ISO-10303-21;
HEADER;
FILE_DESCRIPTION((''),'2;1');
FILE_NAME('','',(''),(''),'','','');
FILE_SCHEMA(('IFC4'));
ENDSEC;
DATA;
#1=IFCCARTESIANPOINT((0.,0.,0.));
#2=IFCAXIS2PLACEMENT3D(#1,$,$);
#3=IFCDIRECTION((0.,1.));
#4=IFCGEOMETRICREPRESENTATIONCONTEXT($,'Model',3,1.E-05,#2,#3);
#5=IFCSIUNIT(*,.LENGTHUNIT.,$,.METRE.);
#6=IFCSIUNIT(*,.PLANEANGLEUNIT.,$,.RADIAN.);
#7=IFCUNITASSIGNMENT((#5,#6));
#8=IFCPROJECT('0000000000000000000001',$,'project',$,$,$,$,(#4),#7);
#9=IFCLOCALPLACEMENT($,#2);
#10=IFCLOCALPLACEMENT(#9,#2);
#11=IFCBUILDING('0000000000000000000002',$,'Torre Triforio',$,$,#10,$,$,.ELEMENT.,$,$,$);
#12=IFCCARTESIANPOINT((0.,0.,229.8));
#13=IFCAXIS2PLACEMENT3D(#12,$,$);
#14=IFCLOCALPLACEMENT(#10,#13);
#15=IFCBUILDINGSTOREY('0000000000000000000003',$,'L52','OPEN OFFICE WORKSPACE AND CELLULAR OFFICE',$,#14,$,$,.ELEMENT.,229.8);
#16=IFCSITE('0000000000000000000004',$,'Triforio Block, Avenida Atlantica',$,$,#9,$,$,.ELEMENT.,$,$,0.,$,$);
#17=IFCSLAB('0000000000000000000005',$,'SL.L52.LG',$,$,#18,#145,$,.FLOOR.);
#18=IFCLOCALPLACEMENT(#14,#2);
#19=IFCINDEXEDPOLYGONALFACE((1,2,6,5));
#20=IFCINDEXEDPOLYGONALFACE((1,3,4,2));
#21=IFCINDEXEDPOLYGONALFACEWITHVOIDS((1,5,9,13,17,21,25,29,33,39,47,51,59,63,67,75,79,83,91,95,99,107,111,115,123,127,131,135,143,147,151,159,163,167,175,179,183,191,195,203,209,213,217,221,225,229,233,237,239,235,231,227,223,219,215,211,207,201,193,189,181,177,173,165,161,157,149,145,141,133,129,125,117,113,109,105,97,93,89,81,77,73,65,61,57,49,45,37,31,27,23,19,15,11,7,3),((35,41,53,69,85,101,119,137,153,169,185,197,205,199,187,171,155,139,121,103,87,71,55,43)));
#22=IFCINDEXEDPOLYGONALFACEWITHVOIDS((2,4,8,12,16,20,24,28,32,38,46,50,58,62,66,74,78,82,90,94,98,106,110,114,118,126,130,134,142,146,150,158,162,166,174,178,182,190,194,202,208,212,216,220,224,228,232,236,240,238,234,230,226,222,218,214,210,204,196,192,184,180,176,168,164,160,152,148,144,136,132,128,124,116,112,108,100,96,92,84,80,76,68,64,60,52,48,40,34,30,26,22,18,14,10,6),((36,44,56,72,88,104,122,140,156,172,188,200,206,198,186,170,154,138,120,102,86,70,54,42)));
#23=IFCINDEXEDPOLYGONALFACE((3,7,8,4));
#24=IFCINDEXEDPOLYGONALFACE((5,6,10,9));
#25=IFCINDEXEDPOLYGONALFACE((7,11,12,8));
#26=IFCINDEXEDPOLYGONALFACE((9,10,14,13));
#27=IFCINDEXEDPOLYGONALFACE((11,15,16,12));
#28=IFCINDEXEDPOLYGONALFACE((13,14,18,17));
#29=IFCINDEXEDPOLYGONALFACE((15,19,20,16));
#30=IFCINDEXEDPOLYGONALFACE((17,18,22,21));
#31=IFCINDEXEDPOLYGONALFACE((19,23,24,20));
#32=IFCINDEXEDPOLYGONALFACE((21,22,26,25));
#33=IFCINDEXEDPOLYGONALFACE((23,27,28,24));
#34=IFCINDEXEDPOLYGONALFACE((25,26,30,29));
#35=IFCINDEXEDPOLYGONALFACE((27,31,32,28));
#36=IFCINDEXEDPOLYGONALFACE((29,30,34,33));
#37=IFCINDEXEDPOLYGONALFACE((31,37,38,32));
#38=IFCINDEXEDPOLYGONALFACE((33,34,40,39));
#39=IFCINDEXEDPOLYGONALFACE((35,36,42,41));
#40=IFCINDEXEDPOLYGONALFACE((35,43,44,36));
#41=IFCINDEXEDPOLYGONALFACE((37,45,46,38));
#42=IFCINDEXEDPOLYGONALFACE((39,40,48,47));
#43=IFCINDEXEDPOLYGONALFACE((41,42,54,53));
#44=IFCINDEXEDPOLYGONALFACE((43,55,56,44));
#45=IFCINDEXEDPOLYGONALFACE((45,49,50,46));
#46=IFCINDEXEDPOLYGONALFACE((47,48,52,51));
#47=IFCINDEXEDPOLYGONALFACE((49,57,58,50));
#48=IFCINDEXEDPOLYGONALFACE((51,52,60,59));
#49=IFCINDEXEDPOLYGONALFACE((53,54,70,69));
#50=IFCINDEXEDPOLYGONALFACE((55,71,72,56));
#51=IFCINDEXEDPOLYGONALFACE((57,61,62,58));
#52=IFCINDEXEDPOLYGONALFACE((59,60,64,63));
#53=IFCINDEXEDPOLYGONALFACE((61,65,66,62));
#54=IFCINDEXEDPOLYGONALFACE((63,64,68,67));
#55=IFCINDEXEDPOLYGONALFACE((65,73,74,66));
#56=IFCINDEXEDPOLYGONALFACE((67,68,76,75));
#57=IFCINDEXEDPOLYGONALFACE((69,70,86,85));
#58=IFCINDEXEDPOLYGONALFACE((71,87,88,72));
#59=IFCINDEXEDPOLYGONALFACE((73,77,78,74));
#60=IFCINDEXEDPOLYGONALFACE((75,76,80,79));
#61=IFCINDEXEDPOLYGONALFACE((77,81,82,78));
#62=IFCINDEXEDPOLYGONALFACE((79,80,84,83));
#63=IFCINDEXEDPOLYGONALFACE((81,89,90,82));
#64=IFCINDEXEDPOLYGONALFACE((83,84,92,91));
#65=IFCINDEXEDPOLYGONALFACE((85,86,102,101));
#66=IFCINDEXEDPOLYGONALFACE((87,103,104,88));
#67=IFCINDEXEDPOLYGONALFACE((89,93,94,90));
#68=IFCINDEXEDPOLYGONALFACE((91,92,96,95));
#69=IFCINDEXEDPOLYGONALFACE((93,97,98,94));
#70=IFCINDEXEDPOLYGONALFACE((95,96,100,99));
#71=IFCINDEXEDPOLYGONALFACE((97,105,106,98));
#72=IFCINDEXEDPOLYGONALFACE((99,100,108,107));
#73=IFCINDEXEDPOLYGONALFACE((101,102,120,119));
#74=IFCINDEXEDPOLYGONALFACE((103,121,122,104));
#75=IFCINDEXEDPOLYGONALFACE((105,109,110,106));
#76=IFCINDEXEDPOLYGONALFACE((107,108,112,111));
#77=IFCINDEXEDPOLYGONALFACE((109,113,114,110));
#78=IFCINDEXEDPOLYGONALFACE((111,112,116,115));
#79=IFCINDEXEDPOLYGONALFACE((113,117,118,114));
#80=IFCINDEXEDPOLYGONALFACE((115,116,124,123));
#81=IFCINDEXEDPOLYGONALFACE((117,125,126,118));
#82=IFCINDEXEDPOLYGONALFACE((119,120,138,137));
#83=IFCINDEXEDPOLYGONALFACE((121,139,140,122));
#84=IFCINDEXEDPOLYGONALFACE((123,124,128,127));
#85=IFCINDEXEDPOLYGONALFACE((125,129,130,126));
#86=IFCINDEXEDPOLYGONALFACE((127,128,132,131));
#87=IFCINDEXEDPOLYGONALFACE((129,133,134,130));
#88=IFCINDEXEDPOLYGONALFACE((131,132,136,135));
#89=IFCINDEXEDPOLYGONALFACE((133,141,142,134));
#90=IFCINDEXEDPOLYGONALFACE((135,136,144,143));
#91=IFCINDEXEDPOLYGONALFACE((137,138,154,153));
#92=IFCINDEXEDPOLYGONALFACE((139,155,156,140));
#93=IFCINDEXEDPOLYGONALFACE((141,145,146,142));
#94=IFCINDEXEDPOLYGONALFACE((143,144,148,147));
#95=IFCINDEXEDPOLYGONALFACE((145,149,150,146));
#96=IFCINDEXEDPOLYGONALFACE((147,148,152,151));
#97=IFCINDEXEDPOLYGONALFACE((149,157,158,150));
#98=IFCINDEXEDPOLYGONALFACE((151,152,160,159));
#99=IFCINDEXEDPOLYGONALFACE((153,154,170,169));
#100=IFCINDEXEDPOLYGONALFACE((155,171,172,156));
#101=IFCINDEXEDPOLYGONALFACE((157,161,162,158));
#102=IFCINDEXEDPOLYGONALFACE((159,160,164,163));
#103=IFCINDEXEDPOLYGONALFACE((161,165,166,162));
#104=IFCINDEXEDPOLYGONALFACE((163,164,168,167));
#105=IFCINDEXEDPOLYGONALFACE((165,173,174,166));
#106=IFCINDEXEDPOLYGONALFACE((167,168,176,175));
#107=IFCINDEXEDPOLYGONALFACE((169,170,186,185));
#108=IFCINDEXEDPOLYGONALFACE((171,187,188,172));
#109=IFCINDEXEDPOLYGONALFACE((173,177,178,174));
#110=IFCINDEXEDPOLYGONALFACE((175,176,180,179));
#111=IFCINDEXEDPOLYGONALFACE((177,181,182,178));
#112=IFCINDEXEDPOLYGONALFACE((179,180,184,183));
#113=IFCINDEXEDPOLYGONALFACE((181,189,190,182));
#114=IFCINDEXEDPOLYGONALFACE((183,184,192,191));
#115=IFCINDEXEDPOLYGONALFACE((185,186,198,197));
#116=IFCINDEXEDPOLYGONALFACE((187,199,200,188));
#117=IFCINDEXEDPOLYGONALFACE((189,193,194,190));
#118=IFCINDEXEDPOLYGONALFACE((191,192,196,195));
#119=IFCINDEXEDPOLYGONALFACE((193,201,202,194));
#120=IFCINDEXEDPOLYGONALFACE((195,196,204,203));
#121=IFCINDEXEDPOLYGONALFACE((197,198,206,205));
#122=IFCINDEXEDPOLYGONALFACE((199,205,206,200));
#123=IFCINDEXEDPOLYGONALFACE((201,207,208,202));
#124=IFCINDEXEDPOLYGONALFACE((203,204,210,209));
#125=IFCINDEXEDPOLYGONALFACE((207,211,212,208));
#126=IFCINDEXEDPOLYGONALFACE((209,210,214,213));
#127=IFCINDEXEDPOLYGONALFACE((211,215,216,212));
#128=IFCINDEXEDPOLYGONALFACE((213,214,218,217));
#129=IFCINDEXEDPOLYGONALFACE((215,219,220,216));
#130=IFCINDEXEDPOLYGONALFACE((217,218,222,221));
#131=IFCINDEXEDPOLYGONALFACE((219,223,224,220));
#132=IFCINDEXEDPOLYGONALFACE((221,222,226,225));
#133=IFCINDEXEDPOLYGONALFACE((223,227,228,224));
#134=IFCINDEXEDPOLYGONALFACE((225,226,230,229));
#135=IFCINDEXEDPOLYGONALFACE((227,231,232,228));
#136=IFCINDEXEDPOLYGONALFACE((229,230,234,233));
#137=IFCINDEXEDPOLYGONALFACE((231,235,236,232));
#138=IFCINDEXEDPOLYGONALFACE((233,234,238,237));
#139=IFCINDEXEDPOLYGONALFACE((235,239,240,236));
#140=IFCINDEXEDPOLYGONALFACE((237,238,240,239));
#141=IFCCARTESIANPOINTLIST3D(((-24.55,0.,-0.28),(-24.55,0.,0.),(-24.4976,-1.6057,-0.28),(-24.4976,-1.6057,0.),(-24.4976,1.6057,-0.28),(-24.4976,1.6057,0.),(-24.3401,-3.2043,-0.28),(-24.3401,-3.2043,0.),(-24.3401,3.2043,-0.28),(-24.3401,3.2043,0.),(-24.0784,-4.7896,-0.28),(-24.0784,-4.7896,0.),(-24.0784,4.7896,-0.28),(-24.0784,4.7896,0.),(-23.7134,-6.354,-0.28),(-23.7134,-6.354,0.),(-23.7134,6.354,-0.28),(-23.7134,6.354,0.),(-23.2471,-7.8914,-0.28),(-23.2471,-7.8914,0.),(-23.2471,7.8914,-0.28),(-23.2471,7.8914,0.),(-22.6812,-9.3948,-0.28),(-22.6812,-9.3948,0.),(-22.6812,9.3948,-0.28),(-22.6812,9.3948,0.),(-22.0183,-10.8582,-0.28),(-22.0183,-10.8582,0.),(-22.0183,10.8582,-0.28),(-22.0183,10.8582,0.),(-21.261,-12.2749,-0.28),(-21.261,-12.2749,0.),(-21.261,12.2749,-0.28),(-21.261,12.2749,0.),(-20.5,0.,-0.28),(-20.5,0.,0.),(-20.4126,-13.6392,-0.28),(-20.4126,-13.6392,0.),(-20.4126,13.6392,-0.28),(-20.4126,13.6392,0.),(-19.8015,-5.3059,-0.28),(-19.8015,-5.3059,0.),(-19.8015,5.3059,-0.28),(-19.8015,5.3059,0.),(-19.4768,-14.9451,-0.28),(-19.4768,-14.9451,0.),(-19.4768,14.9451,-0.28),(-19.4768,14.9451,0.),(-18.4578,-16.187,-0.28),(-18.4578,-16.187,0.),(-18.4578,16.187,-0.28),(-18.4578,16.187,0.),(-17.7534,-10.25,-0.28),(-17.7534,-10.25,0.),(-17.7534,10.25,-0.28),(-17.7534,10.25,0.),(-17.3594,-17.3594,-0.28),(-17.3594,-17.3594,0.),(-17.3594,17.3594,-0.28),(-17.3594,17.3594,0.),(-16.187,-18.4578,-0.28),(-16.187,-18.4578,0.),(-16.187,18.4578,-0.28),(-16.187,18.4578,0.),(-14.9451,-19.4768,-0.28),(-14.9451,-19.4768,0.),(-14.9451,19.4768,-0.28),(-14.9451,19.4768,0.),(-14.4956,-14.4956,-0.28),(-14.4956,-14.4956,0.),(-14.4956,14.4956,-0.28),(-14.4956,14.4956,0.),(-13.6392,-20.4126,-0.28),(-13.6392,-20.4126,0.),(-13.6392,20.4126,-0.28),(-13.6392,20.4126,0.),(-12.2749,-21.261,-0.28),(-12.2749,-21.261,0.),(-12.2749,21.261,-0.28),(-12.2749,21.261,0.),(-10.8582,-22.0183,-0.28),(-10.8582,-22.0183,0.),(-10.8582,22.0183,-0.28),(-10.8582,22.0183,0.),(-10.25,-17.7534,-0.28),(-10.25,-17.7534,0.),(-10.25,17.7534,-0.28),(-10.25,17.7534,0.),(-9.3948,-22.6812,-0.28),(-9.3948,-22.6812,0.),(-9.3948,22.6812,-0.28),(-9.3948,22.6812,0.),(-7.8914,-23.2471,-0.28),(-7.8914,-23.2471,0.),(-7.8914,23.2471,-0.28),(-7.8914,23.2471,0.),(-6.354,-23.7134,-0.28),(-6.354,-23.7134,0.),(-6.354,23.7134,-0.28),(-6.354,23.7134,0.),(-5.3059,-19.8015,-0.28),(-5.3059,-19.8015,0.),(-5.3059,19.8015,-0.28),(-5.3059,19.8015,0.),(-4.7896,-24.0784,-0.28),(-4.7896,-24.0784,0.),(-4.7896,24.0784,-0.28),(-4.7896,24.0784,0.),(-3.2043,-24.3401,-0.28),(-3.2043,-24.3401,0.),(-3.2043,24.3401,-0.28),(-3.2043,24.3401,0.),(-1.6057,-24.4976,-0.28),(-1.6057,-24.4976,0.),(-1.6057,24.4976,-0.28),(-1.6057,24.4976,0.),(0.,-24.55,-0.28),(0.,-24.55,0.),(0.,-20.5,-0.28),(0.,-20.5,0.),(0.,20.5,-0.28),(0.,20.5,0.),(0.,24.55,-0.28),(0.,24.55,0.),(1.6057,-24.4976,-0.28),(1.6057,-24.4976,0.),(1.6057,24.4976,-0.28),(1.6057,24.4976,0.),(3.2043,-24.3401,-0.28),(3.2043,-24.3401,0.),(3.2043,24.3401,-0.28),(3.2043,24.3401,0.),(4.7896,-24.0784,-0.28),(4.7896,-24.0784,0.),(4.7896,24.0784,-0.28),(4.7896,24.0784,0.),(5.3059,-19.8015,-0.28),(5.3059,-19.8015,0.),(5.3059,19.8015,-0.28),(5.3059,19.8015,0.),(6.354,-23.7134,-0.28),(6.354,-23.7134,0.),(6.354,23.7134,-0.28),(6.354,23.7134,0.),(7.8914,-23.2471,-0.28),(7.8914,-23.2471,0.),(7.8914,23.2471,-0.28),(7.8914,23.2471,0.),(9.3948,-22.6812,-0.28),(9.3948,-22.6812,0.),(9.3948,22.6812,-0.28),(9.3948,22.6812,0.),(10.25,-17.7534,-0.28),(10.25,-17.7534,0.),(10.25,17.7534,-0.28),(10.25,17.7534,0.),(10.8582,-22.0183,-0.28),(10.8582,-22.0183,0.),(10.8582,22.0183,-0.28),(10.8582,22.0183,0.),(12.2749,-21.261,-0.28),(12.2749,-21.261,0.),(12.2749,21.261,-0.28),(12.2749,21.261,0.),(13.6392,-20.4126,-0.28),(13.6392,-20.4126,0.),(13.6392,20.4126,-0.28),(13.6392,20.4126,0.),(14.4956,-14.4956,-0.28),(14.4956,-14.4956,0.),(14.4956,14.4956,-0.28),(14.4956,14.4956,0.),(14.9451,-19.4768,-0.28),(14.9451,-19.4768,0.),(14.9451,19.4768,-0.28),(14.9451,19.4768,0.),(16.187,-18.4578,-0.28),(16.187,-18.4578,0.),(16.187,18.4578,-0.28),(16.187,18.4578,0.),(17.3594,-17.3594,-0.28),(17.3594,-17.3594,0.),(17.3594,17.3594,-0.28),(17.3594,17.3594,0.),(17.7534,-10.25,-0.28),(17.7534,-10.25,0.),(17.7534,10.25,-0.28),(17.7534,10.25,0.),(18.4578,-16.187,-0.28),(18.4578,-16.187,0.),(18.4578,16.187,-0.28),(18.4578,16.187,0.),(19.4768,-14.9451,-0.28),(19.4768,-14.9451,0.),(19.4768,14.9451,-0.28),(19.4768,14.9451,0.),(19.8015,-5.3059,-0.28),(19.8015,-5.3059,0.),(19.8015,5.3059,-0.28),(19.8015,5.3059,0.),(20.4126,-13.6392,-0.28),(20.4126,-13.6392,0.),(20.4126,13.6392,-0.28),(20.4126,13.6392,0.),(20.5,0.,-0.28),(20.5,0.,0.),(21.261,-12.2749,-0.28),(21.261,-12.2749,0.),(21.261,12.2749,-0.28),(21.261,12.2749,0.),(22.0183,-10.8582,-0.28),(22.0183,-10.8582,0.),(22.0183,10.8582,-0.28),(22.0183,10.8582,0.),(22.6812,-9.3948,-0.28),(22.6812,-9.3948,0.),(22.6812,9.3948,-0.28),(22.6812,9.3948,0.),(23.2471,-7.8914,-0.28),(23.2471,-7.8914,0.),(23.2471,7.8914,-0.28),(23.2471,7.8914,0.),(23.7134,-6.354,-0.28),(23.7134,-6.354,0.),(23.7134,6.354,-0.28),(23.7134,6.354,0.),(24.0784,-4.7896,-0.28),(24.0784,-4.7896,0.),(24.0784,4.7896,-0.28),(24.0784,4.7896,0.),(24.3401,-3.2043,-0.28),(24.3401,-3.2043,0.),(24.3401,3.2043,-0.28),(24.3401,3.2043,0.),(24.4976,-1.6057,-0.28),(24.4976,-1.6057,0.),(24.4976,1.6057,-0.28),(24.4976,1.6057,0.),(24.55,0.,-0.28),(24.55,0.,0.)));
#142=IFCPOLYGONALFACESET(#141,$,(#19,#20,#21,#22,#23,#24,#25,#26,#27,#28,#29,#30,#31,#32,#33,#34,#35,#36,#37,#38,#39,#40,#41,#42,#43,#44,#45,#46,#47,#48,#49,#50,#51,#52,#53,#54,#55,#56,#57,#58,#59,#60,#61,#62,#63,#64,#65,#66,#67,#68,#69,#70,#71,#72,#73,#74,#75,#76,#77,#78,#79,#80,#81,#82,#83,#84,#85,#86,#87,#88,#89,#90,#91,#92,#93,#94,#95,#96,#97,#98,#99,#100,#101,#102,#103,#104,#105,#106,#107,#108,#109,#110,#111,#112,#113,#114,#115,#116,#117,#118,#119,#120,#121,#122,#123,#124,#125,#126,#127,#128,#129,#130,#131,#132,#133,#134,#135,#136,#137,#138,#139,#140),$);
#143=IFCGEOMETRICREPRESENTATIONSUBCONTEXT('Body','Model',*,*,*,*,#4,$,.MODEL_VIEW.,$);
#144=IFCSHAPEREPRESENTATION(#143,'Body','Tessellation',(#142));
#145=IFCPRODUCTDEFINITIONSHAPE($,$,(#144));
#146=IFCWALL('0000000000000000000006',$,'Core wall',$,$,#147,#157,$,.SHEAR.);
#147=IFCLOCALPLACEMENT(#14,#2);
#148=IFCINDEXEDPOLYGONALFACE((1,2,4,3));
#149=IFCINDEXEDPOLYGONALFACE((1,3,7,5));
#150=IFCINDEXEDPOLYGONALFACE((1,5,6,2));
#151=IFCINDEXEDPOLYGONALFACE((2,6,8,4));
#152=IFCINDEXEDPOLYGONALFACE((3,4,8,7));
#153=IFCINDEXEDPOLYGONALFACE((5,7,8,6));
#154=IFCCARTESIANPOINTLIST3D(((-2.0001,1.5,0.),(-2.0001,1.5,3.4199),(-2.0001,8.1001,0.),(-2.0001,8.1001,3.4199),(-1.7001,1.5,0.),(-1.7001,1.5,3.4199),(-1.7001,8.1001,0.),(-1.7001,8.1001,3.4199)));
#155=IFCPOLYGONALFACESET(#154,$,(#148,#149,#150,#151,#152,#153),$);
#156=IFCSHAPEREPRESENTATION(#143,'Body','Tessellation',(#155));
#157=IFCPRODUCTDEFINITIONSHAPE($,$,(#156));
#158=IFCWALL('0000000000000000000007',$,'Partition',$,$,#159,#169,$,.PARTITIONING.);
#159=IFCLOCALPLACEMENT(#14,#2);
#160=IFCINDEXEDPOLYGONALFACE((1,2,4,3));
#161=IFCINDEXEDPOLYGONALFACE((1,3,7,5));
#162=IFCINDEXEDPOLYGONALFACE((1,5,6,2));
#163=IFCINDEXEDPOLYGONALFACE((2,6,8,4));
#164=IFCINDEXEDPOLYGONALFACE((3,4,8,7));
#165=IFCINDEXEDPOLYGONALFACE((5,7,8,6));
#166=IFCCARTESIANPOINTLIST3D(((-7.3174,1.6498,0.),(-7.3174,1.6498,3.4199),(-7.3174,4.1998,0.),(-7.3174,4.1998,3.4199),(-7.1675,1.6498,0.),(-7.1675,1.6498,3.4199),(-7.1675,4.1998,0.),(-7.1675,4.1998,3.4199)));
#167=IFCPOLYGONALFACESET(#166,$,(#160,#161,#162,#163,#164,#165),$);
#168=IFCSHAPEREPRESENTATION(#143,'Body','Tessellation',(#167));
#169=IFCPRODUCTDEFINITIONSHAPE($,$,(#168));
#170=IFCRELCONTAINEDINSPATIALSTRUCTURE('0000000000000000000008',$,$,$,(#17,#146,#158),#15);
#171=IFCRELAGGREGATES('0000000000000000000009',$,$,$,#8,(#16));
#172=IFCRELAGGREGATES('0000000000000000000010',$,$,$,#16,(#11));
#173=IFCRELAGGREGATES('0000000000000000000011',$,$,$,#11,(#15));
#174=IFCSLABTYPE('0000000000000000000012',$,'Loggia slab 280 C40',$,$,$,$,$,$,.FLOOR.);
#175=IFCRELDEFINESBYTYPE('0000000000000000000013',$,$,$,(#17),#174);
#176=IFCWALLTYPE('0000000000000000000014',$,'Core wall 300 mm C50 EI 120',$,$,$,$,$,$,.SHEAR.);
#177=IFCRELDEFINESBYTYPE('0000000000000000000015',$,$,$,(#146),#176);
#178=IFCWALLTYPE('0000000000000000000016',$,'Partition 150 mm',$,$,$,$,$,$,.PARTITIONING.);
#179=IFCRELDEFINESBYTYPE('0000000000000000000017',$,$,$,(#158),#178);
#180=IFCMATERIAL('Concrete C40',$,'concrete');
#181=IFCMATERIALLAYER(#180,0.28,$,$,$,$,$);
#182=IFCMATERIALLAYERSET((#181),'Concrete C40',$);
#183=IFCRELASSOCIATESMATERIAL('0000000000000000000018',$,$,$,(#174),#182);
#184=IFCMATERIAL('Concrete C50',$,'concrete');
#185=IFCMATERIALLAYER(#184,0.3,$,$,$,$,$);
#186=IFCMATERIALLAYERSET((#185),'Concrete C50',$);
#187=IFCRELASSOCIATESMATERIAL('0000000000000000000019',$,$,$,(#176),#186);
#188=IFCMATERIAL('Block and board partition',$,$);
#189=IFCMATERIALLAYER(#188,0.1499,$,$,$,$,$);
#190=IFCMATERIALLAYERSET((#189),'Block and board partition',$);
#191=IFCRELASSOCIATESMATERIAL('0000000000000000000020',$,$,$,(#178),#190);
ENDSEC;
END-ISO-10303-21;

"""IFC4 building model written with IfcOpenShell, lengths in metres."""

from ifc_helpers import new_model, si_unit, direction, frame, frame_2d, origin, place, context, subcontext, project, spatial, polyline, rectangle, outline, extrude, material, layer, layer_set, type_object, element, save


model = new_model("IFC4")

# Units and contexts
model_context = context("Model", 3, precision=1e-05, world=origin(), true_north=direction((0.0, 1.0)))
body_context = subcontext(model_context, "Body", "Model", "MODEL_VIEW")
ifc_project = project(units=[si_unit("LENGTHUNIT", "METRE"), si_unit("PLANEANGLEUNIT", "RADIAN")], contexts=[model_context])

# Site, building, storey
site_placement = place(None, origin())
site = spatial("IfcSite", under=ifc_project, at=site_placement, Name="Triforio Block, Avenida Atlantica", CompositionType="ELEMENT", RefElevation=0.0)
building_placement = place(site_placement, origin())
building = spatial("IfcBuilding", under=site, at=building_placement, Name="Torre Triforio", CompositionType="ELEMENT")
storey_placement = place(building_placement, frame((0.0, 0.0, 229.8)))
storey = spatial("IfcBuildingStorey", under=building, at=storey_placement, Name="L52", Description="OPEN OFFICE WORKSPACE AND CELLULAR OFFICE", CompositionType="ELEMENT", Elevation=229.8)

# Slab
ifc_material_1 = material(Name="Concrete C40", Category="concrete")
ifc_layer_1 = layer(ifc_material_1, 0.28)
ifc_layer_set_1 = layer_set([ifc_layer_1], Name="Concrete C40")
slab_type_1 = type_object("IfcSlabType", Name="Loggia slab 280 C40", PredefinedType="FLOOR", material=ifc_layer_set_1)
slab_1_placement = place(storey_placement, frame((0.0, 0.0, -0.28)))
element("IfcSlab", 1, at=slab_1_placement, inside=storey, type_object=slab_type_1, Name="SL.L52.LG", PredefinedType="FLOOR", context=body_context, shape_type="SweptSolid", body=[
    extrude(outline(polyline([(24.4976, -1.6057), (24.55, 0.0), (24.4976, 1.6057), (24.3401, 3.2043), (24.0784, 4.7896), (23.7134, 6.354), (23.2471, 7.8914), (22.6812, 9.3948), (22.0183, 10.8582), (21.261, 12.2749), (20.4126, 13.6392), (19.4768, 14.9451), (18.4578, 16.187), (17.3594, 17.3594), (16.187, 18.4578), (14.9451, 19.4768), (13.6392, 20.4126), (12.2749, 21.261), (10.8582, 22.0183), (9.3948, 22.6812), (7.8914, 23.2471), (6.354, 23.7134), (4.7896, 24.0784), (3.2043, 24.3401), (1.6057, 24.4976), (0.0, 24.55), (-1.6057, 24.4976), (-3.2043, 24.3401), (-4.7896, 24.0784), (-6.354, 23.7134), (-7.8914, 23.2471), (-9.3948, 22.6812), (-10.8582, 22.0183), (-12.2749, 21.261), (-13.6392, 20.4126), (-14.9451, 19.4768), (-16.187, 18.4578), (-17.3594, 17.3594), (-18.4578, 16.187), (-19.4768, 14.9451), (-20.4126, 13.6392), (-21.261, 12.2749), (-22.0183, 10.8582), (-22.6812, 9.3948), (-23.2471, 7.8914), (-23.7134, 6.354), (-24.0784, 4.7896), (-24.3401, 3.2043), (-24.4976, 1.6057), (-24.55, 0.0), (-24.4976, -1.6057), (-24.3401, -3.2043), (-24.0784, -4.7896), (-23.7134, -6.354), (-23.2471, -7.8914), (-22.6812, -9.3948), (-22.0183, -10.8582), (-21.261, -12.2749), (-20.4126, -13.6392), (-19.4768, -14.9451), (-18.4578, -16.187), (-17.3594, -17.3594), (-16.187, -18.4578), (-14.9451, -19.4768), (-13.6392, -20.4126), (-12.2749, -21.261), (-10.8582, -22.0183), (-9.3948, -22.6812), (-7.8914, -23.2471), (-6.354, -23.7134), (-4.7896, -24.0784), (-3.2043, -24.3401), (-1.6057, -24.4976), (0.0, -24.55), (1.6057, -24.4976), (3.2043, -24.3401), (4.7896, -24.0784), (6.354, -23.7134), (7.8914, -23.2471), (9.3948, -22.6812), (10.8582, -22.0183), (12.2749, -21.261), (13.6392, -20.4126), (14.9451, -19.4768), (16.187, -18.4578), (17.3594, -17.3594), (18.4578, -16.187), (19.4768, -14.9451), (20.4126, -13.6392), (21.261, -12.2749), (22.0183, -10.8582), (22.6812, -9.3948), (23.2471, -7.8914), (23.7134, -6.354), (24.0784, -4.7896), (24.3401, -3.2043), (24.4976, -1.6057)]), holes=[polyline([(19.8015, 5.3059), (20.5, 0.0), (19.8015, -5.3059), (17.7534, -10.25), (14.4956, -14.4956), (10.25, -17.7534), (5.3059, -19.8015), (0.0, -20.5), (-5.3059, -19.8015), (-10.25, -17.7534), (-14.4956, -14.4956), (-17.7534, -10.25), (-19.8015, -5.3059), (-20.5, 0.0), (-19.8015, 5.3059), (-17.7534, 10.25), (-14.4956, 14.4956), (-10.25, 17.7534), (-5.3059, 19.8015), (0.0, 20.5), (5.3059, 19.8015), (10.25, 17.7534), (14.4956, 14.4956), (17.7534, 10.25), (19.8015, 5.3059)])]), origin(), (0.0, 0.0, 1.0), 0.28),
])

# Walls
ifc_material_2 = material(Name="Concrete C50", Category="concrete")
ifc_layer_2 = layer(ifc_material_2, 0.3)
ifc_layer_set_2 = layer_set([ifc_layer_2], Name="Concrete C50")
wall_type_1 = type_object("IfcWallType", Name="Core wall 300 mm C50 EI 120", PredefinedType="SHEAR", material=ifc_layer_set_2)
wall_1_placement = place(storey_placement, frame((-1.8501, 1.5, 0.0), z_axis=(0.0, 0.0, 1.0), x_axis=(0.0, 1.0, 0.0)))
element("IfcWall", 2, at=wall_1_placement, inside=storey, type_object=wall_type_1, Name="Core wall", PredefinedType="SHEAR", context=body_context, shape_type="SweptSolid", body=[
    extrude(rectangle(XDim=6.6001, YDim=0.3, at=frame_2d((3.3, 0.0))), origin(), (0.0, 0.0, 1.0), 3.4199),
])
ifc_material_3 = material(Name="Block and board partition")
ifc_layer_3 = layer(ifc_material_3, 0.1499)
ifc_layer_set_3 = layer_set([ifc_layer_3], Name="Block and board partition")
wall_type_2 = type_object("IfcWallType", Name="Partition 150 mm", PredefinedType="PARTITIONING", material=ifc_layer_set_3)
wall_2_placement = place(storey_placement, frame((-7.2424, 1.6499, 0.0), z_axis=(0.0, 0.0, 1.0), x_axis=(0.0, 1.0, 0.0)))
element("IfcWall", 3, at=wall_2_placement, inside=storey, type_object=wall_type_2, Name="Partition", PredefinedType="PARTITIONING", context=body_context, shape_type="SweptSolid", body=[
    extrude(rectangle(XDim=2.55, YDim=0.1499, at=frame_2d((1.2749, 0.0))), origin(), (0.0, 0.0, 1.0), 3.4199),
])

save(model, "model.ifc")
